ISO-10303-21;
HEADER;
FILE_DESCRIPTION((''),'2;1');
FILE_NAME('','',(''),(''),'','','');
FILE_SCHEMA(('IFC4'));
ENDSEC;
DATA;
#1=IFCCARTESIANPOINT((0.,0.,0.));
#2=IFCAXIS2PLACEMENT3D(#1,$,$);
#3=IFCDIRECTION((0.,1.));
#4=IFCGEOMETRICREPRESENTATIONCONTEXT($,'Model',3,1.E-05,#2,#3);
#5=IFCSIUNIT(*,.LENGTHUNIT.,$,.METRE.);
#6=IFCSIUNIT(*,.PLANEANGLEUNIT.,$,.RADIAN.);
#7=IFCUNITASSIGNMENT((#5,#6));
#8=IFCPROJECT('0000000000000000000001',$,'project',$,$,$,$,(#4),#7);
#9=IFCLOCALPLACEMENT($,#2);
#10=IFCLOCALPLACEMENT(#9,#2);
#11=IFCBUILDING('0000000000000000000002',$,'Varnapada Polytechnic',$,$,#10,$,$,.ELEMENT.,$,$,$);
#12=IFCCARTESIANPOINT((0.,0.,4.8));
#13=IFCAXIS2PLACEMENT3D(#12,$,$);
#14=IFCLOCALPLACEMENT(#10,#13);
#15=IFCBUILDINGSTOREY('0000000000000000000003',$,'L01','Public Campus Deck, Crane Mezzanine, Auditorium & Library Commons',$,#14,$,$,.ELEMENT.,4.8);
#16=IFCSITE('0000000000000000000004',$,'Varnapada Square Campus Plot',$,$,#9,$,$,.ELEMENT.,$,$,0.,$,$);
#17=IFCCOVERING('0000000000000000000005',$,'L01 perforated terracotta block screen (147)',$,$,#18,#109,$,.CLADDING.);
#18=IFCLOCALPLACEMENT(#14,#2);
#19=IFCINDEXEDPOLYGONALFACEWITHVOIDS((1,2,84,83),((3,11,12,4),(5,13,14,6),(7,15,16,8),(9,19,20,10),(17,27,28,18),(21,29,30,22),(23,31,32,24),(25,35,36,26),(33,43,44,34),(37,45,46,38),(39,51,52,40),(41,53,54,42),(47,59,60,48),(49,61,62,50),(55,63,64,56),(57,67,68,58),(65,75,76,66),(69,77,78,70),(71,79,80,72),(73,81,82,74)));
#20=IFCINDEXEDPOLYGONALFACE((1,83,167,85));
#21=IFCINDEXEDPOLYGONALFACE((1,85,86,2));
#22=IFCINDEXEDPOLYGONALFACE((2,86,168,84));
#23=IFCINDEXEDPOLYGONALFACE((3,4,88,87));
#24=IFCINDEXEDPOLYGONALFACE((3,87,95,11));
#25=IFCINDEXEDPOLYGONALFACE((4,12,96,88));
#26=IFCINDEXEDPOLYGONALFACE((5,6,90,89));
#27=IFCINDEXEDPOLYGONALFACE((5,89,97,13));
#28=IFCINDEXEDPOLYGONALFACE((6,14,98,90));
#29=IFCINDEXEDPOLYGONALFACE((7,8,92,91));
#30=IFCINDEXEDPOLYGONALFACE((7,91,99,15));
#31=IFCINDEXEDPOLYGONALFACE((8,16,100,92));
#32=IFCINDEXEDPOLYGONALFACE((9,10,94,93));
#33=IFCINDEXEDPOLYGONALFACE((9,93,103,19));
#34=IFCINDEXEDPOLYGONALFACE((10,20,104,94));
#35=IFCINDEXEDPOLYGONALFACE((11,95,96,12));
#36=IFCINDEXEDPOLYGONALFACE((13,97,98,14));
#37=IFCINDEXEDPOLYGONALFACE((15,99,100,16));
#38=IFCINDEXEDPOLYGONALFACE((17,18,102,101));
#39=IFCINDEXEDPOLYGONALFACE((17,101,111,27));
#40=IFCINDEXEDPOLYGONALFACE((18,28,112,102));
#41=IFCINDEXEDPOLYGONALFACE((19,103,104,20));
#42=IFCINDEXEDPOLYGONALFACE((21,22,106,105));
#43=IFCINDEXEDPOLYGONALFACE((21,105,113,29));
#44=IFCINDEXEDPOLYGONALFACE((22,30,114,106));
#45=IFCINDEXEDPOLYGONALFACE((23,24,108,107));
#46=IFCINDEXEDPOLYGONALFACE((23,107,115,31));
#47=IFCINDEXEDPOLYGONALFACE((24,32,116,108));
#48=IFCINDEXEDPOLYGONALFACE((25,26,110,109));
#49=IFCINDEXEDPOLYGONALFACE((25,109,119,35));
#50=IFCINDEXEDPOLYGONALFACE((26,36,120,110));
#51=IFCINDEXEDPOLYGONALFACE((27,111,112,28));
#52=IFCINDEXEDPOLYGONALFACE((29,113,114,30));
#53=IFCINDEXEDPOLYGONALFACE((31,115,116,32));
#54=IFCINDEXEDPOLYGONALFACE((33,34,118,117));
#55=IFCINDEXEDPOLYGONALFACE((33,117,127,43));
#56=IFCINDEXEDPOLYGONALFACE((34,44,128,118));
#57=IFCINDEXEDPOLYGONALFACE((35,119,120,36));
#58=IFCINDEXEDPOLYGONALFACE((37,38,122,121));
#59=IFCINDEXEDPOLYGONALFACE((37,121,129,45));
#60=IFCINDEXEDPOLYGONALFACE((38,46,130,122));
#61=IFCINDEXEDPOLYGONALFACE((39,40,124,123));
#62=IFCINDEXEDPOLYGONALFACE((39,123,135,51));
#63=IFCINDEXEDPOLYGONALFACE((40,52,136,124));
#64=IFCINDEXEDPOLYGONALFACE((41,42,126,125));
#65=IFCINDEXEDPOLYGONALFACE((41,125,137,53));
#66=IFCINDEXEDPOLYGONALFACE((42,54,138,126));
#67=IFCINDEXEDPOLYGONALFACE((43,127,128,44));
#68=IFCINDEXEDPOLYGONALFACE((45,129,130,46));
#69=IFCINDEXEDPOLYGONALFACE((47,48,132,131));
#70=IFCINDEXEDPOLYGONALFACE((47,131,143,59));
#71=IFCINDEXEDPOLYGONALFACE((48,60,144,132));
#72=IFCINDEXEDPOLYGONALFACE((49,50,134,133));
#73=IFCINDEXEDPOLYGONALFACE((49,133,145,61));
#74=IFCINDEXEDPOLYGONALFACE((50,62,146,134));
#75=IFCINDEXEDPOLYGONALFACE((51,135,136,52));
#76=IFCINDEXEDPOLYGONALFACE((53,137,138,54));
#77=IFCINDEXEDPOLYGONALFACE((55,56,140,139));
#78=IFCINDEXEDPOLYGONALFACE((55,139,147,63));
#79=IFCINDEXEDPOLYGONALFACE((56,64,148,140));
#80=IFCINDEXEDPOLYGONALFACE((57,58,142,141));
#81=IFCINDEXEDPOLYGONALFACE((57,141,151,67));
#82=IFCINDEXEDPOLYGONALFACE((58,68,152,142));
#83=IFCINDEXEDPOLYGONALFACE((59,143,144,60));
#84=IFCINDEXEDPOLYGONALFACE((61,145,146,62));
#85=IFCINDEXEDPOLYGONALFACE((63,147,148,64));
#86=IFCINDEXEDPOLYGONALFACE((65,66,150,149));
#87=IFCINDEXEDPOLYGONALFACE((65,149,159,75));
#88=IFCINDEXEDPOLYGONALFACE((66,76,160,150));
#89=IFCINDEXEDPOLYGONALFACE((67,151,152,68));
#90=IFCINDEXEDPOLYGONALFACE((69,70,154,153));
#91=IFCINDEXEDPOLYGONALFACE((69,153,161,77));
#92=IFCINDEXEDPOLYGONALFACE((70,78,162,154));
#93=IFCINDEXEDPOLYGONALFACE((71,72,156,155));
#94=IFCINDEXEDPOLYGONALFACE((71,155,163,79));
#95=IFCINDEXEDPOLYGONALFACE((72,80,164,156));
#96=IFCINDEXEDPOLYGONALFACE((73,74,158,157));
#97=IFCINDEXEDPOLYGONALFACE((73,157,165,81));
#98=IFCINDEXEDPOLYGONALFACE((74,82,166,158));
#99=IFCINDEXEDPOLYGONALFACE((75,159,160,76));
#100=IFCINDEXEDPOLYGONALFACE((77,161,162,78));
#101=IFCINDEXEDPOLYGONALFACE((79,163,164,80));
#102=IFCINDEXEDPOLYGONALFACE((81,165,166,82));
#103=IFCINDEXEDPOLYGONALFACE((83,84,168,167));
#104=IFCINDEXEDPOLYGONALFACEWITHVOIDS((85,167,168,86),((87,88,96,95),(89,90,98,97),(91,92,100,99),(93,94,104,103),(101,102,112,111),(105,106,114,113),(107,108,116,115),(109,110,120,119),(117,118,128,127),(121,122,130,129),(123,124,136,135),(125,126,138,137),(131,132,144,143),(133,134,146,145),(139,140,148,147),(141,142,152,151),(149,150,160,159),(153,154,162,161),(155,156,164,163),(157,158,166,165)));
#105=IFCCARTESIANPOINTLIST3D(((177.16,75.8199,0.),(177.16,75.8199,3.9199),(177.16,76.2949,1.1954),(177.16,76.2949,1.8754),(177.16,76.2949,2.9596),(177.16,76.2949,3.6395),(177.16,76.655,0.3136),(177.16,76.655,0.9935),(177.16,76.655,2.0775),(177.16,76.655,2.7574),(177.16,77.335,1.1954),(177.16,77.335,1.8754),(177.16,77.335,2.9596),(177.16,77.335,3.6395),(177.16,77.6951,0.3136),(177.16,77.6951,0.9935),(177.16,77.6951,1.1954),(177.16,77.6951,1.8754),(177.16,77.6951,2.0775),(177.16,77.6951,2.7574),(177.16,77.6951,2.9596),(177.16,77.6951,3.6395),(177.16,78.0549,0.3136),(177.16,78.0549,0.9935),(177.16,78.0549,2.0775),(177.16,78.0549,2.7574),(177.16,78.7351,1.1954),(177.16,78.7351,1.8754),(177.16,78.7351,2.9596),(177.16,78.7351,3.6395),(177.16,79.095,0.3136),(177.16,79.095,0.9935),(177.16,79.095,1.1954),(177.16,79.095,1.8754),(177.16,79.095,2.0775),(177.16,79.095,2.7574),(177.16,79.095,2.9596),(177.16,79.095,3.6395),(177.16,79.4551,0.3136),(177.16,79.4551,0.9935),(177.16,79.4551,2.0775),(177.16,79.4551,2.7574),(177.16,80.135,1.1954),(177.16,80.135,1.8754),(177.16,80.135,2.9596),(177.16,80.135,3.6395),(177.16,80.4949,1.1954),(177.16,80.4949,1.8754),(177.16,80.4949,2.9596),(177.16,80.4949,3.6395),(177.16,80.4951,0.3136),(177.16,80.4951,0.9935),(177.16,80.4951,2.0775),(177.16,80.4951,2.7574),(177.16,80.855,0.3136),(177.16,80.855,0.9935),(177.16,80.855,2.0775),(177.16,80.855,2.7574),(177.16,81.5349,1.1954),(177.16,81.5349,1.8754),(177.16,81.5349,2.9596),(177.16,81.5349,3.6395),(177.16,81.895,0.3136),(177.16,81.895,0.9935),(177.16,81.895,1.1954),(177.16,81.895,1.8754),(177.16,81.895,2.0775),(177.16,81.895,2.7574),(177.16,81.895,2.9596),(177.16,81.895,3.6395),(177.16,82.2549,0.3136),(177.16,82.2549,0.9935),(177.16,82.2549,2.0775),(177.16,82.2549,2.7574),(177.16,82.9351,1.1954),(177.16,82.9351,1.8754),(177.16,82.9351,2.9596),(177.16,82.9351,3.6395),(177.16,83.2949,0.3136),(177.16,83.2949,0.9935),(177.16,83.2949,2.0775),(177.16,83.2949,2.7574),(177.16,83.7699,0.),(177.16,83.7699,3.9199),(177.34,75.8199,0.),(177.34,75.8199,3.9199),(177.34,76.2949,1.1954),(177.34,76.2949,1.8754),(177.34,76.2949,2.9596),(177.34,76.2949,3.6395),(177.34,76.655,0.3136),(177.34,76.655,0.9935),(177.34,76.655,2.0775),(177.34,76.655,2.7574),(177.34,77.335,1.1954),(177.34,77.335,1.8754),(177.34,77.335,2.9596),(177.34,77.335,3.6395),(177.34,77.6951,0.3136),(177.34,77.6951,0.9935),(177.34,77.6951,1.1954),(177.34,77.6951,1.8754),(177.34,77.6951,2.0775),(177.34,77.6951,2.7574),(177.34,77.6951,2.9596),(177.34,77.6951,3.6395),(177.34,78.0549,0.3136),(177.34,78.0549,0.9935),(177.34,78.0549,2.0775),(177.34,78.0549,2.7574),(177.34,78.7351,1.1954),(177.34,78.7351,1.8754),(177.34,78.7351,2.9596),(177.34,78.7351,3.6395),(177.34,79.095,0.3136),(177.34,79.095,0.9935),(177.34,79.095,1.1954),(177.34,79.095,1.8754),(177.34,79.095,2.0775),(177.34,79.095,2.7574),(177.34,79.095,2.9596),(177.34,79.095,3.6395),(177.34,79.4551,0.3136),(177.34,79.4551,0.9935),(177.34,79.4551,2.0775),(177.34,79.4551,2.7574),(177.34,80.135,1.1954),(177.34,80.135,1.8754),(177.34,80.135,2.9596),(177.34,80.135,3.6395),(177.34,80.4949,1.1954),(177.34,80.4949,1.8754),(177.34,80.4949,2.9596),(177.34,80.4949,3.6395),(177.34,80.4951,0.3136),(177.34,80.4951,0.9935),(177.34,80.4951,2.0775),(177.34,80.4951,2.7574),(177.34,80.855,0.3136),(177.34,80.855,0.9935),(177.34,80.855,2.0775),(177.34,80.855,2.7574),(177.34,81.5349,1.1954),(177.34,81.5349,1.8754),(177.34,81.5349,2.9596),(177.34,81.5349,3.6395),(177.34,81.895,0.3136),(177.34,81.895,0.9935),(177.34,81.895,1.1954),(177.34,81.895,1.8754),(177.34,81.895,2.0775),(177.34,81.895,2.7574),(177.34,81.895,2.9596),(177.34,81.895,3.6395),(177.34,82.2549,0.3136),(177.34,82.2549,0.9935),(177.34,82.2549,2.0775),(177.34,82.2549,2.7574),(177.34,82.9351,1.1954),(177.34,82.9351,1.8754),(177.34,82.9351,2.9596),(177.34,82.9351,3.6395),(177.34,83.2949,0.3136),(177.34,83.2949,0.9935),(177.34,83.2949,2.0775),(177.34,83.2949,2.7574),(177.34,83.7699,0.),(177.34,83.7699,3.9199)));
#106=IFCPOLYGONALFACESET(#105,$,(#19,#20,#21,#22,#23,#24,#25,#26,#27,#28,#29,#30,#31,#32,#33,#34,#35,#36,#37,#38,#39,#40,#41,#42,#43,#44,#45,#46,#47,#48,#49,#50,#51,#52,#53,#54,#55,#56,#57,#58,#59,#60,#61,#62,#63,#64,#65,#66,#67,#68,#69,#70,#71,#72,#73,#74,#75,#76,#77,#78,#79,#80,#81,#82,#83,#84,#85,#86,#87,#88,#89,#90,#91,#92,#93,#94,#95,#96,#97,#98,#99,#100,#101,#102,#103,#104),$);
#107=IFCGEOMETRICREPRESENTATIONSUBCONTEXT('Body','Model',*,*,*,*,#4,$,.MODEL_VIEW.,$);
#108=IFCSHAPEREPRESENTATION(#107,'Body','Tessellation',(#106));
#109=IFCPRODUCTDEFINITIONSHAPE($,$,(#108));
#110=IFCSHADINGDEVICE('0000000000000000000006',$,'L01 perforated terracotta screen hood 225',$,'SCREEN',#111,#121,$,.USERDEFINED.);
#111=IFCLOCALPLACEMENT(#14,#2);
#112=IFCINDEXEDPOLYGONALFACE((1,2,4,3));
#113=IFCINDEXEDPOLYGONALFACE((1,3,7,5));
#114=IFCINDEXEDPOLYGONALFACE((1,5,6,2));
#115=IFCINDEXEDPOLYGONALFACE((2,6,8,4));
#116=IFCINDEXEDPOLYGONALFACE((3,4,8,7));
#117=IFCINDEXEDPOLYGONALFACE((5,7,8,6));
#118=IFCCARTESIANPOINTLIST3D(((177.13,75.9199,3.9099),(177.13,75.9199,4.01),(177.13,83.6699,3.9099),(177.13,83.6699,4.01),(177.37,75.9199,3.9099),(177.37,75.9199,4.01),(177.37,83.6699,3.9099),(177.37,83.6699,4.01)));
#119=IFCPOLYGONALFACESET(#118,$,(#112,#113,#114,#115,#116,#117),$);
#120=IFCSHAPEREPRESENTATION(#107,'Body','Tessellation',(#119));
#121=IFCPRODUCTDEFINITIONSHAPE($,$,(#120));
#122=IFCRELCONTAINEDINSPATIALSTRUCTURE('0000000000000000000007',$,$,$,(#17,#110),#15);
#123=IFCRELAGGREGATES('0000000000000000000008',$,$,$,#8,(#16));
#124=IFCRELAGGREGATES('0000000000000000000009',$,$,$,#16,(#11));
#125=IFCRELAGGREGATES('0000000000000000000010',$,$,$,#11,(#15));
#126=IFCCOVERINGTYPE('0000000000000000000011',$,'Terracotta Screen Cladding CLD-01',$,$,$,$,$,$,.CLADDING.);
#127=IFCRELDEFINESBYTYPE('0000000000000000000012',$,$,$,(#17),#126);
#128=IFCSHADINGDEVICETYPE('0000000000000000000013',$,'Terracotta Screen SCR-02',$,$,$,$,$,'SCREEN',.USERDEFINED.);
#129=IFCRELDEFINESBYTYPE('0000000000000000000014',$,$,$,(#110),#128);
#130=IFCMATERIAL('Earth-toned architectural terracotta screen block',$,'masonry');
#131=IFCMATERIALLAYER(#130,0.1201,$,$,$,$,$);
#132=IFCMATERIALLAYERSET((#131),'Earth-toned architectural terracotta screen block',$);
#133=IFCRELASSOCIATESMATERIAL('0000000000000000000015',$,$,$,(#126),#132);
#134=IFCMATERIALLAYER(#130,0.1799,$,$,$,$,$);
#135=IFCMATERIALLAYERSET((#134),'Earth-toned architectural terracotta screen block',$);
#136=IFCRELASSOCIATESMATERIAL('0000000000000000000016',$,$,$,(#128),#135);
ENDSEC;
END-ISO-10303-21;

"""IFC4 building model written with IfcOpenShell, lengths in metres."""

from ifc_helpers import new_model, si_unit, direction, frame, frame_2d, origin, origin_2d, place, context, subcontext, project, spatial, rectangle, extrude, material, layer, layer_set, type_object, element, save


model = new_model("IFC4")

# Units and contexts
model_context = context("Model", 3, precision=1e-05, world=origin(), true_north=direction((0.0, 1.0)))
body_context = subcontext(model_context, "Body", "Model", "MODEL_VIEW")
ifc_project = project(units=[si_unit("LENGTHUNIT", "METRE"), si_unit("PLANEANGLEUNIT", "RADIAN")], contexts=[model_context])

# Site, building, storey
site_placement = place(None, origin())
site = spatial("IfcSite", under=ifc_project, at=site_placement, Name="Varnapada Square Campus Plot", CompositionType="ELEMENT", RefElevation=0.0)
building_placement = place(site_placement, origin())
building = spatial("IfcBuilding", under=site, at=building_placement, Name="Varnapada Polytechnic", CompositionType="ELEMENT")
storey_placement = place(building_placement, frame((0.0, 0.0, 4.8)))
storey = spatial("IfcBuildingStorey", under=building, at=storey_placement, Name="L01", Description="Public Campus Deck, Crane Mezzanine, Auditorium & Library Commons", CompositionType="ELEMENT", Elevation=4.8)

# Covering, openings
ifc_material_1 = material(Name="Earth-toned architectural terracotta screen block", Category="masonry")
ifc_layer_1 = layer(ifc_material_1, 0.1201)
ifc_layer_set_1 = layer_set([ifc_layer_1], Name="Earth-toned architectural terracotta screen block")
covering_type = type_object("IfcCoveringType", Name="Terracotta Screen Cladding CLD-01", PredefinedType="CLADDING", material=ifc_layer_set_1)
covering_placement = place(storey_placement, frame((177.25, 83.77, 0.0), z_axis=(0.0, 0.0, 1.0), x_axis=(0.0, -1.0, 0.0)))
covering = element("IfcCovering", 1, at=covering_placement, inside=storey, type_object=covering_type, Name="L01 perforated terracotta block screen (147)", PredefinedType="CLADDING", context=body_context, shape_type="SweptSolid", body=[
    extrude(rectangle(XDim=7.95, YDim=0.1799, at=frame_2d((3.9751, 0.0))), origin(), (0.0, 0.0, 1.0), 3.9199),
])
opening_1_placement = place(covering_placement, frame((0.4751, 0.0, 0.3137)))
element("IfcOpeningElement", 2, at=opening_1_placement, cuts=covering, PredefinedType="OPENING", context=body_context, shape_type="SweptSolid", body=[
    extrude(rectangle(XDim=1.04, YDim=0.6799, at=frame_2d((0.52, 0.3398))), frame((0.0, 0.0999, 0.0), z_axis=(0.0, -1.0, 0.0), x_axis=(1.0, 0.0, 0.0)), (0.0, 0.0, 1.0), 0.2),
])
opening_2_placement = place(covering_placement, frame((1.875, 0.0, 0.3137)))
element("IfcOpeningElement", 3, at=opening_2_placement, cuts=covering, PredefinedType="OPENING", context=body_context, shape_type="SweptSolid", body=[
    extrude(rectangle(XDim=1.04, YDim=0.6799, at=frame_2d((0.52, 0.3398))), frame((0.0, 0.0999, 0.0), z_axis=(0.0, -1.0, 0.0), x_axis=(1.0, 0.0, 0.0)), (0.0, 0.0, 1.0), 0.2),
])
opening_3_placement = place(covering_placement, frame((3.2749, 0.0, 0.3137)))
element("IfcOpeningElement", 4, at=opening_3_placement, cuts=covering, PredefinedType="OPENING", context=body_context, shape_type="SweptSolid", body=[
    extrude(rectangle(XDim=1.04, YDim=0.6799, at=frame_2d((0.52, 0.3398))), frame((0.0, 0.0999, 0.0), z_axis=(0.0, -1.0, 0.0), x_axis=(1.0, 0.0, 0.0)), (0.0, 0.0, 1.0), 0.2),
])
opening_4_placement = place(covering_placement, frame((4.675, 0.0, 0.3137)))
element("IfcOpeningElement", 5, at=opening_4_placement, cuts=covering, PredefinedType="OPENING", context=body_context, shape_type="SweptSolid", body=[
    extrude(rectangle(XDim=1.04, YDim=0.6799, at=frame_2d((0.52, 0.3398))), frame((0.0, 0.0999, 0.0), z_axis=(0.0, -1.0, 0.0), x_axis=(1.0, 0.0, 0.0)), (0.0, 0.0, 1.0), 0.2),
])
opening_5_placement = place(covering_placement, frame((6.075, 0.0, 0.3137)))
element("IfcOpeningElement", 6, at=opening_5_placement, cuts=covering, PredefinedType="OPENING", context=body_context, shape_type="SweptSolid", body=[
    extrude(rectangle(XDim=1.04, YDim=0.6799, at=frame_2d((0.52, 0.3398))), frame((0.0, 0.0999, 0.0), z_axis=(0.0, -1.0, 0.0), x_axis=(1.0, 0.0, 0.0)), (0.0, 0.0, 1.0), 0.2),
])
opening_6_placement = place(covering_placement, frame((0.835, 0.0, 1.1956)))
element("IfcOpeningElement", 7, at=opening_6_placement, cuts=covering, PredefinedType="OPENING", context=body_context, shape_type="SweptSolid", body=[
    extrude(rectangle(XDim=1.04, YDim=0.6799, at=frame_2d((0.52, 0.3398))), frame((0.0, 0.0999, 0.0), z_axis=(0.0, -1.0, 0.0), x_axis=(1.0, 0.0, 0.0)), (0.0, 0.0, 1.0), 0.2),
])
opening_7_placement = place(covering_placement, frame((2.2351, 0.0, 1.1956)))
element("IfcOpeningElement", 8, at=opening_7_placement, cuts=covering, PredefinedType="OPENING", context=body_context, shape_type="SweptSolid", body=[
    extrude(rectangle(XDim=1.04, YDim=0.6799, at=frame_2d((0.52, 0.3398))), frame((0.0, 0.0999, 0.0), z_axis=(0.0, -1.0, 0.0), x_axis=(1.0, 0.0, 0.0)), (0.0, 0.0, 1.0), 0.2),
])
opening_8_placement = place(covering_placement, frame((3.635, 0.0, 1.1956)))
element("IfcOpeningElement", 9, at=opening_8_placement, cuts=covering, PredefinedType="OPENING", context=body_context, shape_type="SweptSolid", body=[
    extrude(rectangle(XDim=1.04, YDim=0.6799, at=frame_2d((0.52, 0.3398))), frame((0.0, 0.0999, 0.0), z_axis=(0.0, -1.0, 0.0), x_axis=(1.0, 0.0, 0.0)), (0.0, 0.0, 1.0), 0.2),
])
opening_9_placement = place(covering_placement, frame((5.0349, 0.0, 1.1956)))
element("IfcOpeningElement", 10, at=opening_9_placement, cuts=covering, PredefinedType="OPENING", context=body_context, shape_type="SweptSolid", body=[
    extrude(rectangle(XDim=1.04, YDim=0.6799, at=frame_2d((0.52, 0.3398))), frame((0.0, 0.0999, 0.0), z_axis=(0.0, -1.0, 0.0), x_axis=(1.0, 0.0, 0.0)), (0.0, 0.0, 1.0), 0.2),
])
opening_10_placement = place(covering_placement, frame((6.4351, 0.0, 1.1956)))
element("IfcOpeningElement", 11, at=opening_10_placement, cuts=covering, PredefinedType="OPENING", context=body_context, shape_type="SweptSolid", body=[
    extrude(rectangle(XDim=1.04, YDim=0.6799, at=frame_2d((0.52, 0.3398))), frame((0.0, 0.0999, 0.0), z_axis=(0.0, -1.0, 0.0), x_axis=(1.0, 0.0, 0.0)), (0.0, 0.0, 1.0), 0.2),
])
opening_11_placement = place(covering_placement, frame((0.4751, 0.0, 2.0776)))
element("IfcOpeningElement", 12, at=opening_11_placement, cuts=covering, PredefinedType="OPENING", context=body_context, shape_type="SweptSolid", body=[
    extrude(rectangle(XDim=1.04, YDim=0.6799, at=frame_2d((0.52, 0.3398))), frame((0.0, 0.0999, 0.0), z_axis=(0.0, -1.0, 0.0), x_axis=(1.0, 0.0, 0.0)), (0.0, 0.0, 1.0), 0.2),
])
opening_12_placement = place(covering_placement, frame((1.875, 0.0, 2.0776)))
element("IfcOpeningElement", 13, at=opening_12_placement, cuts=covering, PredefinedType="OPENING", context=body_context, shape_type="SweptSolid", body=[
    extrude(rectangle(XDim=1.04, YDim=0.6799, at=frame_2d((0.52, 0.3398))), frame((0.0, 0.0999, 0.0), z_axis=(0.0, -1.0, 0.0), x_axis=(1.0, 0.0, 0.0)), (0.0, 0.0, 1.0), 0.2),
])
opening_13_placement = place(covering_placement, frame((3.2749, 0.0, 2.0776)))
element("IfcOpeningElement", 14, at=opening_13_placement, cuts=covering, PredefinedType="OPENING", context=body_context, shape_type="SweptSolid", body=[
    extrude(rectangle(XDim=1.04, YDim=0.6799, at=frame_2d((0.52, 0.3398))), frame((0.0, 0.0999, 0.0), z_axis=(0.0, -1.0, 0.0), x_axis=(1.0, 0.0, 0.0)), (0.0, 0.0, 1.0), 0.2),
])
opening_14_placement = place(covering_placement, frame((4.675, 0.0, 2.0776)))
element("IfcOpeningElement", 15, at=opening_14_placement, cuts=covering, PredefinedType="OPENING", context=body_context, shape_type="SweptSolid", body=[
    extrude(rectangle(XDim=1.04, YDim=0.6799, at=frame_2d((0.52, 0.3398))), frame((0.0, 0.0999, 0.0), z_axis=(0.0, -1.0, 0.0), x_axis=(1.0, 0.0, 0.0)), (0.0, 0.0, 1.0), 0.2),
])
opening_15_placement = place(covering_placement, frame((6.075, 0.0, 2.0776)))
element("IfcOpeningElement", 16, at=opening_15_placement, cuts=covering, PredefinedType="OPENING", context=body_context, shape_type="SweptSolid", body=[
    extrude(rectangle(XDim=1.04, YDim=0.6799, at=frame_2d((0.52, 0.3398))), frame((0.0, 0.0999, 0.0), z_axis=(0.0, -1.0, 0.0), x_axis=(1.0, 0.0, 0.0)), (0.0, 0.0, 1.0), 0.2),
])
opening_16_placement = place(covering_placement, frame((0.835, 0.0, 2.9597)))
element("IfcOpeningElement", 17, at=opening_16_placement, cuts=covering, PredefinedType="OPENING", context=body_context, shape_type="SweptSolid", body=[
    extrude(rectangle(XDim=1.04, YDim=0.6799, at=frame_2d((0.52, 0.3398))), frame((0.0, 0.0999, 0.0), z_axis=(0.0, -1.0, 0.0), x_axis=(1.0, 0.0, 0.0)), (0.0, 0.0, 1.0), 0.2),
])
opening_17_placement = place(covering_placement, frame((2.2351, 0.0, 2.9597)))
element("IfcOpeningElement", 18, at=opening_17_placement, cuts=covering, PredefinedType="OPENING", context=body_context, shape_type="SweptSolid", body=[
    extrude(rectangle(XDim=1.04, YDim=0.6799, at=frame_2d((0.52, 0.3398))), frame((0.0, 0.0999, 0.0), z_axis=(0.0, -1.0, 0.0), x_axis=(1.0, 0.0, 0.0)), (0.0, 0.0, 1.0), 0.2),
])
opening_18_placement = place(covering_placement, frame((3.635, 0.0, 2.9597)))
element("IfcOpeningElement", 19, at=opening_18_placement, cuts=covering, PredefinedType="OPENING", context=body_context, shape_type="SweptSolid", body=[
    extrude(rectangle(XDim=1.04, YDim=0.6799, at=frame_2d((0.52, 0.3398))), frame((0.0, 0.0999, 0.0), z_axis=(0.0, -1.0, 0.0), x_axis=(1.0, 0.0, 0.0)), (0.0, 0.0, 1.0), 0.2),
])
opening_19_placement = place(covering_placement, frame((5.0349, 0.0, 2.9597)))
element("IfcOpeningElement", 20, at=opening_19_placement, cuts=covering, PredefinedType="OPENING", context=body_context, shape_type="SweptSolid", body=[
    extrude(rectangle(XDim=1.04, YDim=0.6799, at=frame_2d((0.52, 0.3398))), frame((0.0, 0.0999, 0.0), z_axis=(0.0, -1.0, 0.0), x_axis=(1.0, 0.0, 0.0)), (0.0, 0.0, 1.0), 0.2),
])
opening_20_placement = place(covering_placement, frame((6.4351, 0.0, 2.9597)))
element("IfcOpeningElement", 21, at=opening_20_placement, cuts=covering, PredefinedType="OPENING", context=body_context, shape_type="SweptSolid", body=[
    extrude(rectangle(XDim=1.04, YDim=0.6799, at=frame_2d((0.52, 0.3398))), frame((0.0, 0.0999, 0.0), z_axis=(0.0, -1.0, 0.0), x_axis=(1.0, 0.0, 0.0)), (0.0, 0.0, 1.0), 0.2),
])

# Shading device
ifc_layer_2 = layer(ifc_material_1, 0.1799)
ifc_layer_set_2 = layer_set([ifc_layer_2], Name="Earth-toned architectural terracotta screen block")
shading_device_type = type_object("IfcShadingDeviceType", Name="Terracotta Screen SCR-02", ElementType="SCREEN", PredefinedType="USERDEFINED", material=ifc_layer_set_2)
shading_device_placement = place(storey_placement, frame((177.25, 79.7949, 3.9099), z_axis=(0.0, 0.0, 1.0), x_axis=(0.0, -1.0, 0.0)))
element("IfcShadingDevice", 22, at=shading_device_placement, inside=storey, type_object=shading_device_type, Name="L01 perforated terracotta screen hood 225", ObjectType="SCREEN", PredefinedType="USERDEFINED", context=body_context, shape_type="SweptSolid", body=[
    extrude(rectangle(XDim=7.75, YDim=0.24, at=origin_2d()), origin(), (0.0, 0.0, 1.0), 0.1001),
])

save(model, "model.ifc")
